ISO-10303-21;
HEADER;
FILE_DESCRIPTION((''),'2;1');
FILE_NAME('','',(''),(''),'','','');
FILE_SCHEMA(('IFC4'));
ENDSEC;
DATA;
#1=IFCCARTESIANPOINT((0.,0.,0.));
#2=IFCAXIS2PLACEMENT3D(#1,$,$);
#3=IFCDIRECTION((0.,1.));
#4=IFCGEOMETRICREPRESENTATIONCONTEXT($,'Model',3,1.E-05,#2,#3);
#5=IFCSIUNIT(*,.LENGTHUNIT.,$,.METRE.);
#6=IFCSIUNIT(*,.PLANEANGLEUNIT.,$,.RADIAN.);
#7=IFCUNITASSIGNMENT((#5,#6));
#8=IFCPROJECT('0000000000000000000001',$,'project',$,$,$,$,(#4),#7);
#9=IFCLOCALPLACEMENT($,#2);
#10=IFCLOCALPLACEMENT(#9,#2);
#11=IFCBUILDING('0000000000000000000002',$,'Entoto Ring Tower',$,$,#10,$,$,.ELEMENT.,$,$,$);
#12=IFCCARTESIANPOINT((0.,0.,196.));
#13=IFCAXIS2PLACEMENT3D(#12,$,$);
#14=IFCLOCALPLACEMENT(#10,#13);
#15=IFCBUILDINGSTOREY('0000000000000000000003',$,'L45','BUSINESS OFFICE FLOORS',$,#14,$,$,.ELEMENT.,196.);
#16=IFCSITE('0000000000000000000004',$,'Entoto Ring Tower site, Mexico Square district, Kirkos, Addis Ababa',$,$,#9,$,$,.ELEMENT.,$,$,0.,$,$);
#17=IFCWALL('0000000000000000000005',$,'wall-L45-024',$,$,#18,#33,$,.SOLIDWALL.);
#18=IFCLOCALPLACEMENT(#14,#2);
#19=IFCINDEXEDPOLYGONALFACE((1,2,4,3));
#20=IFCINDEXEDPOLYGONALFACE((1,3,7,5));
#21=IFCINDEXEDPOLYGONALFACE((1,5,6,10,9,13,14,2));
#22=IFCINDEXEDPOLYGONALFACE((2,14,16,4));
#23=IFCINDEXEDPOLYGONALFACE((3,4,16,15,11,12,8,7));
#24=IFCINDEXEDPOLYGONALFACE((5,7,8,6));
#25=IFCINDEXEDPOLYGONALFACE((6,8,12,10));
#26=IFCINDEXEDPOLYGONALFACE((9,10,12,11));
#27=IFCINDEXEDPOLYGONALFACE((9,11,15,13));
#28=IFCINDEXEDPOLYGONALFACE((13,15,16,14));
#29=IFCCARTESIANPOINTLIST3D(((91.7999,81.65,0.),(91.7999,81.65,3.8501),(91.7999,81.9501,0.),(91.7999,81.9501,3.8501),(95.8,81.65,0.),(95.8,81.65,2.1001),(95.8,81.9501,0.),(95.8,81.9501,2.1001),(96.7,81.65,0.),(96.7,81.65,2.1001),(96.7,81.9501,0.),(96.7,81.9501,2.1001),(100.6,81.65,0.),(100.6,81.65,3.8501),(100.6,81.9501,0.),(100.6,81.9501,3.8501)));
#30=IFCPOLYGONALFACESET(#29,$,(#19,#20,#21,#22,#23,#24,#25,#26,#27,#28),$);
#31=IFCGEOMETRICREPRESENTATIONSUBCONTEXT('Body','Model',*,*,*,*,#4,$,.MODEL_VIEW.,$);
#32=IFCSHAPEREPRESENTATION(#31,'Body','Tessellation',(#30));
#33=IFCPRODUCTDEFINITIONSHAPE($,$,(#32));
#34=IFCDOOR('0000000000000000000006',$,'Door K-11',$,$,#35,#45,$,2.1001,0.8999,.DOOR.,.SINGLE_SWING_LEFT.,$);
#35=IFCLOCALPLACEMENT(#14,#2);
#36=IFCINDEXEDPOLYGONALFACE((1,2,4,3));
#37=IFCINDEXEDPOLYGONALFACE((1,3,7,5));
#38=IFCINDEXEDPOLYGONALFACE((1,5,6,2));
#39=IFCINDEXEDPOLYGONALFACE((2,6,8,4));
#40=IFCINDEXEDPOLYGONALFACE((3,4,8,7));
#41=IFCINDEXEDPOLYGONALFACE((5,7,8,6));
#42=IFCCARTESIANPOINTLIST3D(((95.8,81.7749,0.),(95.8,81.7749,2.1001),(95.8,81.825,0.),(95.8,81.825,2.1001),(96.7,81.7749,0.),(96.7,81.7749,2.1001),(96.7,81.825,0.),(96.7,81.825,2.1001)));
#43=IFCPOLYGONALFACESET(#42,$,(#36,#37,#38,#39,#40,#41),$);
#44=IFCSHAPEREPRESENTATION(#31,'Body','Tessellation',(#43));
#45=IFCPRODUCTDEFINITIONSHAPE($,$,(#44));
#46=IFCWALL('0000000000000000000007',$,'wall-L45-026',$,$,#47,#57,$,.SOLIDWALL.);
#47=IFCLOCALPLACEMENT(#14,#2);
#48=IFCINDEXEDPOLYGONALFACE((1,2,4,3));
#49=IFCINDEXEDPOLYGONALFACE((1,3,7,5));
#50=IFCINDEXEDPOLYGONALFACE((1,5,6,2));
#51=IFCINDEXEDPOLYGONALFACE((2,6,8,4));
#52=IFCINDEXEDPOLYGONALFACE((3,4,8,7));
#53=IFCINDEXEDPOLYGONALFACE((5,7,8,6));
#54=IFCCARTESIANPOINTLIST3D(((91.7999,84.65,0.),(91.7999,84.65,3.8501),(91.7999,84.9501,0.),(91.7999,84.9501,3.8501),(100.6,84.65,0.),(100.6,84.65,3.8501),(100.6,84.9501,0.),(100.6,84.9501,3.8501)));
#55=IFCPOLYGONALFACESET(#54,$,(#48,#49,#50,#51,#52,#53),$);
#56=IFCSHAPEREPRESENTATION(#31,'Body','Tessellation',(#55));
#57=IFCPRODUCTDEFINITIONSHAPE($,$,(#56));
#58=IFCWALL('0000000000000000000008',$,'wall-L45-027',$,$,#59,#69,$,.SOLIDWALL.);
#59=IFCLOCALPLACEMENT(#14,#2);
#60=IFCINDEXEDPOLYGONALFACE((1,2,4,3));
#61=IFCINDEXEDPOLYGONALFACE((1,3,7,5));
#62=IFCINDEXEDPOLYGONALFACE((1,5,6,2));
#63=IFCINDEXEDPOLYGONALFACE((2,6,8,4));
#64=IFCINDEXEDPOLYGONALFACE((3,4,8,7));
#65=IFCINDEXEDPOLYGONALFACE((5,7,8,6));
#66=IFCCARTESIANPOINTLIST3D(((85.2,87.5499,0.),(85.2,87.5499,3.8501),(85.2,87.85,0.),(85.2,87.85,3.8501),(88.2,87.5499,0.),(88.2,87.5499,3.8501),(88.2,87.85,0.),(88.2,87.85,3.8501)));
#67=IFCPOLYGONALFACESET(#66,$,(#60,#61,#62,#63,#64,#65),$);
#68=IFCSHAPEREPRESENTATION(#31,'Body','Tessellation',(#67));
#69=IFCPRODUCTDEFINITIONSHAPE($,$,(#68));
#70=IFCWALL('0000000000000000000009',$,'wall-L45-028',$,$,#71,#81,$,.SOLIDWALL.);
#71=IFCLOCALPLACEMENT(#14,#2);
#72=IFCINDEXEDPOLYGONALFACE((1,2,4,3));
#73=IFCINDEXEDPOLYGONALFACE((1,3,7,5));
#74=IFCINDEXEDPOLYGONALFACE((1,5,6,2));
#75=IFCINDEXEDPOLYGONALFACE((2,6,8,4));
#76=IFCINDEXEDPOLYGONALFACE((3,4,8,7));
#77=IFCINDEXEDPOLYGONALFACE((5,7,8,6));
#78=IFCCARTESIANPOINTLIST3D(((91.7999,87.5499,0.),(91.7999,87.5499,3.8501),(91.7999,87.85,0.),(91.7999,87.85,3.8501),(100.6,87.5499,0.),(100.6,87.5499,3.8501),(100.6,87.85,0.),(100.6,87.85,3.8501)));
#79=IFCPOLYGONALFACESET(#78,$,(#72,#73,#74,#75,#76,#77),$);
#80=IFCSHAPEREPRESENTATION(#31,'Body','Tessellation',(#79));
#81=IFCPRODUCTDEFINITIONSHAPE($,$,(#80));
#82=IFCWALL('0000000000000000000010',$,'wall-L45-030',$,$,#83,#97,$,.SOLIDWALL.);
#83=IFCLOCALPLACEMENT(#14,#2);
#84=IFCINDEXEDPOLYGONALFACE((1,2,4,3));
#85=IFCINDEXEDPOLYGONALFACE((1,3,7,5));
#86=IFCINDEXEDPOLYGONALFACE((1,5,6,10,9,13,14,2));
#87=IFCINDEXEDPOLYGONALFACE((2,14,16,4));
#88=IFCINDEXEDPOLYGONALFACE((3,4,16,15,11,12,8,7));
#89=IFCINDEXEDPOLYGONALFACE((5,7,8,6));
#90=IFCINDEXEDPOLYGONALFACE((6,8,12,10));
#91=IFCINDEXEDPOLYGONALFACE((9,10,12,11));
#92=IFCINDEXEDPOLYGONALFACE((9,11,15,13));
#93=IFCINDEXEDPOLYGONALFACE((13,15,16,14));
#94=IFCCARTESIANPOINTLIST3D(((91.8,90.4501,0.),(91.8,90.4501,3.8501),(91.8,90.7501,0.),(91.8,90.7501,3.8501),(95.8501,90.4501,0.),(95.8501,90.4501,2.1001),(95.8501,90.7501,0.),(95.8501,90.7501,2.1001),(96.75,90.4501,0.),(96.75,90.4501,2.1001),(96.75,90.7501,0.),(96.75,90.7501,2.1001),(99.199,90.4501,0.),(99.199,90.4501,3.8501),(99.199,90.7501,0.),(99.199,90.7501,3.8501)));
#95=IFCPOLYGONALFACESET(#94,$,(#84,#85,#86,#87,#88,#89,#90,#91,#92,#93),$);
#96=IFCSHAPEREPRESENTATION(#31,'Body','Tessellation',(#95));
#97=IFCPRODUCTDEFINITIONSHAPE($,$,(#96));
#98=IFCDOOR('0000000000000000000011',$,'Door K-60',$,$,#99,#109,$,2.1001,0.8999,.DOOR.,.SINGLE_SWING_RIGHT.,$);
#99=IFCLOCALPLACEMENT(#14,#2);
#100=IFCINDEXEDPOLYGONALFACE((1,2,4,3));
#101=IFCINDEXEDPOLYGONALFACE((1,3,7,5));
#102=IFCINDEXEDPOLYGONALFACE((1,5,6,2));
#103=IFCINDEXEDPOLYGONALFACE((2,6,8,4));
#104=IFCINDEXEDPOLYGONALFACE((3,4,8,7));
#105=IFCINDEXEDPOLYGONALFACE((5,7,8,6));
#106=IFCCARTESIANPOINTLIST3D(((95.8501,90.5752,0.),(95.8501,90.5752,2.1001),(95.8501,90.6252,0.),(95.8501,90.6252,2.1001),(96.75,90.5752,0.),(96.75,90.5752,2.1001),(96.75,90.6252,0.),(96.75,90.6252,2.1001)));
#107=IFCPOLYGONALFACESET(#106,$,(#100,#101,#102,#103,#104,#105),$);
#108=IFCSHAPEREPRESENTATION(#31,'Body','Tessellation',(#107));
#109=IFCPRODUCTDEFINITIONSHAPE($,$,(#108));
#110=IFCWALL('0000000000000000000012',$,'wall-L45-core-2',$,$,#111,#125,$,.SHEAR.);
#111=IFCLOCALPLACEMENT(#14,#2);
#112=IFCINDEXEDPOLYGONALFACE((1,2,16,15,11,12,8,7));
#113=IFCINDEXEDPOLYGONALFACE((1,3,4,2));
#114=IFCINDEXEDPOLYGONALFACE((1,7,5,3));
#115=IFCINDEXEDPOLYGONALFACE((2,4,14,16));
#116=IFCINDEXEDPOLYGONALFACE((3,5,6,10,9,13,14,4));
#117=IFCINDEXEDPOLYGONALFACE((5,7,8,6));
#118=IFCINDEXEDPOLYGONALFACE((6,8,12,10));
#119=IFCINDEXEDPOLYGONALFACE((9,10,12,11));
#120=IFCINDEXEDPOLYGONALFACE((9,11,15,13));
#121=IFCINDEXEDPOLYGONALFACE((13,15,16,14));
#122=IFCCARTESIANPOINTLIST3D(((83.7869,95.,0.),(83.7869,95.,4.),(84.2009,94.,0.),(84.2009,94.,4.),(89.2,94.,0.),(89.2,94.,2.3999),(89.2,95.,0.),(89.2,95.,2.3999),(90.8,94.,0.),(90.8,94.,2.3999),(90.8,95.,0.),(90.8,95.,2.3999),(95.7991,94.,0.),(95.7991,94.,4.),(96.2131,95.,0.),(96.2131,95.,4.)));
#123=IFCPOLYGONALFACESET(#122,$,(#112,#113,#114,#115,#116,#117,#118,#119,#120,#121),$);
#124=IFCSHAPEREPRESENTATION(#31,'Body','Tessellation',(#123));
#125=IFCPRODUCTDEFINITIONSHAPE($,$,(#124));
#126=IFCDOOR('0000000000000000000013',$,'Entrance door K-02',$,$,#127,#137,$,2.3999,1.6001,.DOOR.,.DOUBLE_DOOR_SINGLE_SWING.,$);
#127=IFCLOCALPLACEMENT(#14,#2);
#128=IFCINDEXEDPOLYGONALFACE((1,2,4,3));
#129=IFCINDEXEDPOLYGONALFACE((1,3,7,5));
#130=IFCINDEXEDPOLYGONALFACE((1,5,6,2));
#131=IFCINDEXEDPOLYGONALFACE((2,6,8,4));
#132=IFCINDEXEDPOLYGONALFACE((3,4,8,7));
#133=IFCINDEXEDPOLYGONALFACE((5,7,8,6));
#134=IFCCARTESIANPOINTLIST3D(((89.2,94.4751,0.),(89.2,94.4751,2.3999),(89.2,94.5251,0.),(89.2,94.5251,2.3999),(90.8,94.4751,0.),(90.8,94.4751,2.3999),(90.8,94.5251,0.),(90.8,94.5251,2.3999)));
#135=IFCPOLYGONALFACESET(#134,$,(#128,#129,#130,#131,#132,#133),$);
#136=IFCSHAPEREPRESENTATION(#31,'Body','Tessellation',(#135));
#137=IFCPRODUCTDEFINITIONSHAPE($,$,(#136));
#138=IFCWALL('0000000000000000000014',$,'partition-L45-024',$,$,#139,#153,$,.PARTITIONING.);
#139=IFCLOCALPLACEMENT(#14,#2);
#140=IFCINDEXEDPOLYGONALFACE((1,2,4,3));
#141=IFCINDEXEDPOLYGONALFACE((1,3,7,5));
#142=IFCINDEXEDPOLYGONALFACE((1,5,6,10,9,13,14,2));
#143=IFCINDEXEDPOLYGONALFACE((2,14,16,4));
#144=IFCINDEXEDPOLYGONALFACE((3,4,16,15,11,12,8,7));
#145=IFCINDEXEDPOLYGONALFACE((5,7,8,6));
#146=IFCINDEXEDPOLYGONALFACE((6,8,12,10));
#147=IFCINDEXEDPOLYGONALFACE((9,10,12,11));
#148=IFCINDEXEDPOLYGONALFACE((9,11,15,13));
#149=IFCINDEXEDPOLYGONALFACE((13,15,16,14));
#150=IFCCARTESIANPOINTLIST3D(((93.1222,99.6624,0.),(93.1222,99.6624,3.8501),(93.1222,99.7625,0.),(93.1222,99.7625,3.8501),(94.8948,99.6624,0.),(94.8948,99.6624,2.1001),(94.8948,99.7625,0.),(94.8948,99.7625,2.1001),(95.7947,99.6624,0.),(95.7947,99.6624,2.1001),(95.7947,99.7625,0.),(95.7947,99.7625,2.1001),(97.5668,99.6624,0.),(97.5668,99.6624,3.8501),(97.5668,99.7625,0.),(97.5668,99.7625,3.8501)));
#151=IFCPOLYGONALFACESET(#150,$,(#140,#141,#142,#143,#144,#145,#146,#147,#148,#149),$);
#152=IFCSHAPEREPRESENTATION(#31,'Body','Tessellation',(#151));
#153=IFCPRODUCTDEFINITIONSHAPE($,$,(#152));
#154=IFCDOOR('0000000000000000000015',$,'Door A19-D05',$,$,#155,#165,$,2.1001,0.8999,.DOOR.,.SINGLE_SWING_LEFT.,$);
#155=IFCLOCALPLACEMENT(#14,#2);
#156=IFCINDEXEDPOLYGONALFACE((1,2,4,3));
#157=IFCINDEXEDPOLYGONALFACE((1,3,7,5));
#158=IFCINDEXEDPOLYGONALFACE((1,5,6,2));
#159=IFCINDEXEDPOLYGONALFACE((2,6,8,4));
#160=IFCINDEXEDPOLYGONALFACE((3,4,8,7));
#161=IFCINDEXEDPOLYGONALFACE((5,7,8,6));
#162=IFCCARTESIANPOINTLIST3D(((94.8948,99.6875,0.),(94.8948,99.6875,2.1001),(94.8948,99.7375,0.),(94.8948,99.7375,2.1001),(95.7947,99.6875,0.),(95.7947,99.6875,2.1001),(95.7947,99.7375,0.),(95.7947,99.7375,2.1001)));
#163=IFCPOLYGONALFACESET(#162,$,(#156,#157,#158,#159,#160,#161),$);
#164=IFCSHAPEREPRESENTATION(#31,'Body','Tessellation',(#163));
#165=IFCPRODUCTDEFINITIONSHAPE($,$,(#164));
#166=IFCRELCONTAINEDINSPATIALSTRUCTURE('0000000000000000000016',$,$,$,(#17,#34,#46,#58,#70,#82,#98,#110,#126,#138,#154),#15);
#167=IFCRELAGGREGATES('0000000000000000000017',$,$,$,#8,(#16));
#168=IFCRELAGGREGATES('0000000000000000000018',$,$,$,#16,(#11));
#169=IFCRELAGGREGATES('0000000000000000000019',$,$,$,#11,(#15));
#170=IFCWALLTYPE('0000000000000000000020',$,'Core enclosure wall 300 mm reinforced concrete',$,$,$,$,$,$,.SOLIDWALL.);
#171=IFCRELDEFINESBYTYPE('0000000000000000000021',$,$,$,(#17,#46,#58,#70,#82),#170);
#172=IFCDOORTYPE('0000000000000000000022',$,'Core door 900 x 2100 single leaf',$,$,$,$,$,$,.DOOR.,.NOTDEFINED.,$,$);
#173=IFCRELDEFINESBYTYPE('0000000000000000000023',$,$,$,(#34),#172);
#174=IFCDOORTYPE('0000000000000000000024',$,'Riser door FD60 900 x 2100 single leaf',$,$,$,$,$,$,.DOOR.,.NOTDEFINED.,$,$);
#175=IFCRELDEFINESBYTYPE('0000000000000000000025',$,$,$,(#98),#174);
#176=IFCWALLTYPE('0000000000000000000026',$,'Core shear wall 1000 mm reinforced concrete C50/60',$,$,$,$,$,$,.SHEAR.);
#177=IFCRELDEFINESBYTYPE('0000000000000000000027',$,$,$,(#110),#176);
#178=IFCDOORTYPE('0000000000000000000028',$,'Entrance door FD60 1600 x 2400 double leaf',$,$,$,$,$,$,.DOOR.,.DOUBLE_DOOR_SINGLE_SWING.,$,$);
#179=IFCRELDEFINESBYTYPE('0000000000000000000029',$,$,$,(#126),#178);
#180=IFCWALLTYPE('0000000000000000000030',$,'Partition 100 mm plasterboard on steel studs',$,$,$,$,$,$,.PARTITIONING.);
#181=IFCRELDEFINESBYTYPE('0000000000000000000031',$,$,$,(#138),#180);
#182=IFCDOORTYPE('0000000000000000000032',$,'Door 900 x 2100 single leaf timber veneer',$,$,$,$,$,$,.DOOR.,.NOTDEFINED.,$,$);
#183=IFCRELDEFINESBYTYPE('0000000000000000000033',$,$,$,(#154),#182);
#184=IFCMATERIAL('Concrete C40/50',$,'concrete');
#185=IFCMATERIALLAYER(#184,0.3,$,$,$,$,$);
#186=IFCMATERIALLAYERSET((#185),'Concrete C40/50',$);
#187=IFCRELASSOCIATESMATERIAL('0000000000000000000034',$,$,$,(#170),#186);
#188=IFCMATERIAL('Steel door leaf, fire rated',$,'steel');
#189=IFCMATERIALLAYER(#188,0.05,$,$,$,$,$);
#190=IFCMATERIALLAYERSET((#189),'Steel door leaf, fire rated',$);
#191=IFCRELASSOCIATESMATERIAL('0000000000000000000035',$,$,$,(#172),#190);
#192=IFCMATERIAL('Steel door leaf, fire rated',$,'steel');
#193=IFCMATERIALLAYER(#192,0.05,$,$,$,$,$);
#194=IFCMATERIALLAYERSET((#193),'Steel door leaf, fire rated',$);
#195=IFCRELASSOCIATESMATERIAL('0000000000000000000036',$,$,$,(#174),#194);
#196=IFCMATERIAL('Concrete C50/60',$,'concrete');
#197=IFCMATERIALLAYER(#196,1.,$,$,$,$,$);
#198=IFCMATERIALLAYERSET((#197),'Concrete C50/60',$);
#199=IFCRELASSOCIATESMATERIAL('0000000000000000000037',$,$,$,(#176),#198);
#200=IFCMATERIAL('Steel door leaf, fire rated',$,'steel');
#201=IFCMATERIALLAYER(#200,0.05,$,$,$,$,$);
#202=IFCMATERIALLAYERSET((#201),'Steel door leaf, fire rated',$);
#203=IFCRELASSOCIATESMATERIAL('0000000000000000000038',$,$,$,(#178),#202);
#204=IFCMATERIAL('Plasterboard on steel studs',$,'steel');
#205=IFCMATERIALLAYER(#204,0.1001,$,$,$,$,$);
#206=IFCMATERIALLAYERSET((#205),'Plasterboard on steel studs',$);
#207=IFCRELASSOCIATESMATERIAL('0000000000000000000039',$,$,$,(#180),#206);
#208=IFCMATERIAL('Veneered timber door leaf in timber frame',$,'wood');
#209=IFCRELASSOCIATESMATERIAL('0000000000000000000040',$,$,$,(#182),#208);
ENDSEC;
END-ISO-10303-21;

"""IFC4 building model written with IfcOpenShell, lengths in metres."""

from ifc_helpers import new_model, si_unit, direction, frame, frame_2d, origin, place, context, subcontext, project, spatial, polyline, rectangle, outline, extrude, material, layer, layer_set, type_object, element, fill, save


model = new_model("IFC4")

# Units and contexts
model_context = context("Model", 3, precision=1e-05, world=origin(), true_north=direction((0.0, 1.0)))
body_context = subcontext(model_context, "Body", "Model", "MODEL_VIEW")
ifc_project = project(units=[si_unit("LENGTHUNIT", "METRE"), si_unit("PLANEANGLEUNIT", "RADIAN")], contexts=[model_context])

# Site, building, storey
site_placement = place(None, origin())
site = spatial("IfcSite", under=ifc_project, at=site_placement, Name="Entoto Ring Tower site, Mexico Square district, Kirkos, Addis Ababa", CompositionType="ELEMENT", RefElevation=0.0)
building_placement = place(site_placement, origin())
building = spatial("IfcBuilding", under=site, at=building_placement, Name="Entoto Ring Tower", CompositionType="ELEMENT")
storey_placement = place(building_placement, frame((0.0, 0.0, 196.0)))
storey = spatial("IfcBuildingStorey", under=building, at=storey_placement, Name="L45", Description="BUSINESS OFFICE FLOORS", CompositionType="ELEMENT", Elevation=196.0)

# Shared definitions
ifc_material_1 = material(Name="Concrete C40/50", Category="concrete")
ifc_layer_1 = layer(ifc_material_1, 0.3)
ifc_layer_set_1 = layer_set([ifc_layer_1], Name="Concrete C40/50")
wall_type_1 = type_object("IfcWallType", Name="Core enclosure wall 300 mm reinforced concrete", PredefinedType="SOLIDWALL", material=ifc_layer_set_1)

# Wall, opening, door
wall_1_placement = place(storey_placement, frame((91.8, 81.8, 0.0), z_axis=(0.0, 0.0, 1.0), x_axis=(1.0, 0.0, 0.0)))
wall_1 = element("IfcWall", 1, at=wall_1_placement, inside=storey, type_object=wall_type_1, Name="wall-L45-024", PredefinedType="SOLIDWALL", context=body_context, shape_type="SweptSolid", body=[
    extrude(rectangle(XDim=8.8, YDim=0.3, at=frame_2d((4.3999, 0.0))), origin(), (0.0, 0.0, 1.0), 3.8501),
])
opening_1_placement = place(wall_1_placement, frame((4.0, 0.0, 0.0)))
opening_1 = element("IfcOpeningElement", 2, at=opening_1_placement, cuts=wall_1, PredefinedType="OPENING", context=body_context, shape_type="SweptSolid", body=[
    extrude(rectangle(XDim=0.8999, YDim=2.1001, at=frame_2d((0.45, 1.05))), frame((0.0, 0.1602, 0.0), z_axis=(0.0, -1.0, 0.0), x_axis=(1.0, 0.0, 0.0)), (0.0, 0.0, 1.0), 0.3201),
])
ifc_material_2 = material(Name="Steel door leaf, fire rated", Category="steel")
ifc_layer_2 = layer(ifc_material_2, 0.05)
ifc_layer_set_2 = layer_set([ifc_layer_2], Name="Steel door leaf, fire rated")
door_type_1 = type_object("IfcDoorType", Name="Core door 900 x 2100 single leaf", OperationType="NOTDEFINED", PredefinedType="DOOR", material=ifc_layer_set_2)
door_1_placement = place(opening_1_placement, origin())
door_1 = element("IfcDoor", 3, at=door_1_placement, inside=storey, type_object=door_type_1, Name="Door K-11", OperationType="SINGLE_SWING_LEFT", OverallHeight=2.1001, OverallWidth=0.8999, PredefinedType="DOOR", context=body_context, shape_type="SweptSolid", body=[
    extrude(rectangle(XDim=0.8999, YDim=2.1001, at=frame_2d((0.45, 1.05))), frame((0.0, 0.0249, 0.0), z_axis=(0.0, -1.0, 0.0), x_axis=(1.0, 0.0, 0.0)), (0.0, 0.0, 1.0), 0.05),
])
fill(opening_1, door_1)

# Walls
wall_2_placement = place(storey_placement, frame((91.8, 84.8, 0.0), z_axis=(0.0, 0.0, 1.0), x_axis=(1.0, 0.0, 0.0)))
element("IfcWall", 4, at=wall_2_placement, inside=storey, type_object=wall_type_1, Name="wall-L45-026", PredefinedType="SOLIDWALL", context=body_context, shape_type="SweptSolid", body=[
    extrude(rectangle(XDim=8.8, YDim=0.3, at=frame_2d((4.3999, 0.0))), origin(), (0.0, 0.0, 1.0), 3.8501),
])
wall_3_placement = place(storey_placement, frame((85.2, 87.7, 0.0), z_axis=(0.0, 0.0, 1.0), x_axis=(1.0, 0.0, 0.0)))
element("IfcWall", 5, at=wall_3_placement, inside=storey, type_object=wall_type_1, Name="wall-L45-027", PredefinedType="SOLIDWALL", context=body_context, shape_type="SweptSolid", body=[
    extrude(rectangle(XDim=3.0, YDim=0.3, at=frame_2d((1.5, 0.0))), origin(), (0.0, 0.0, 1.0), 3.8501),
])
wall_4_placement = place(storey_placement, frame((91.8, 87.7, 0.0), z_axis=(0.0, 0.0, 1.0), x_axis=(1.0, 0.0, 0.0)))
element("IfcWall", 6, at=wall_4_placement, inside=storey, type_object=wall_type_1, Name="wall-L45-028", PredefinedType="SOLIDWALL", context=body_context, shape_type="SweptSolid", body=[
    extrude(rectangle(XDim=8.8, YDim=0.3, at=frame_2d((4.3999, 0.0))), origin(), (0.0, 0.0, 1.0), 3.8501),
])

# Walls, openings, doors
wall_5_placement = place(storey_placement, frame((91.8, 90.6001, 0.0), z_axis=(0.0, 0.0, 1.0), x_axis=(1.0, 0.0, 0.0)))
wall_5 = element("IfcWall", 7, at=wall_5_placement, inside=storey, type_object=wall_type_1, Name="wall-L45-030", PredefinedType="SOLIDWALL", context=body_context, shape_type="SweptSolid", body=[
    extrude(rectangle(XDim=7.3989, YDim=0.3, at=frame_2d((3.6995, 0.0))), origin(), (0.0, 0.0, 1.0), 3.8501),
])
opening_2_placement = place(wall_5_placement, frame((4.05, 0.0, 0.0)))
opening_2 = element("IfcOpeningElement", 8, at=opening_2_placement, cuts=wall_5, PredefinedType="OPENING", context=body_context, shape_type="SweptSolid", body=[
    extrude(rectangle(XDim=0.8999, YDim=2.1001, at=frame_2d((0.45, 1.05))), frame((0.0, 0.1602, 0.0), z_axis=(0.0, -1.0, 0.0), x_axis=(1.0, 0.0, 0.0)), (0.0, 0.0, 1.0), 0.3201),
])
ifc_material_3 = material(Name="Steel door leaf, fire rated", Category="steel")
ifc_layer_3 = layer(ifc_material_3, 0.05)
ifc_layer_set_3 = layer_set([ifc_layer_3], Name="Steel door leaf, fire rated")
door_type_2 = type_object("IfcDoorType", Name="Riser door FD60 900 x 2100 single leaf", OperationType="NOTDEFINED", PredefinedType="DOOR", material=ifc_layer_set_3)
door_2_placement = place(opening_2_placement, frame((0.8999, 0.0, 0.0), z_axis=(0.0, 0.0, 1.0), x_axis=(-1.0, 0.0, 0.0)))
door_2 = element("IfcDoor", 9, at=door_2_placement, inside=storey, type_object=door_type_2, Name="Door K-60", OperationType="SINGLE_SWING_RIGHT", OverallHeight=2.1001, OverallWidth=0.8999, PredefinedType="DOOR", context=body_context, shape_type="SweptSolid", body=[
    extrude(rectangle(XDim=0.8999, YDim=2.1001, at=frame_2d((0.45, 1.05))), frame((0.0, 0.0249, 0.0), z_axis=(0.0, -1.0, 0.0), x_axis=(1.0, 0.0, 0.0)), (0.0, 0.0, 1.0), 0.05),
])
fill(opening_2, door_2)
ifc_material_4 = material(Name="Concrete C50/60", Category="concrete")
ifc_layer_4 = layer(ifc_material_4, 1.0)
ifc_layer_set_4 = layer_set([ifc_layer_4], Name="Concrete C50/60")
wall_type_2 = type_object("IfcWallType", Name="Core shear wall 1000 mm reinforced concrete C50/60", PredefinedType="SHEAR", material=ifc_layer_set_4)
wall_6_placement = place(storey_placement, frame((96.0061, 94.5, 0.0), z_axis=(0.0, 0.0, 1.0), x_axis=(-1.0, 0.0, 0.0)))
wall_6 = element("IfcWall", 10, at=wall_6_placement, inside=storey, type_object=wall_type_2, Name="wall-L45-core-2", PredefinedType="SHEAR", context=body_context, shape_type="SweptSolid", body=[
    extrude(outline(polyline([(-0.207, -0.5), (12.2192, -0.5), (11.8052, 0.5), (0.207, 0.5), (-0.207, -0.5)])), origin(), (0.0, 0.0, 1.0), 4.0),
])
opening_3_placement = place(wall_6_placement, frame((5.2061, 0.0, 0.0)))
opening_3 = element("IfcOpeningElement", 11, at=opening_3_placement, cuts=wall_6, PredefinedType="OPENING", context=body_context, shape_type="SweptSolid", body=[
    extrude(rectangle(XDim=1.6001, YDim=2.3999, at=frame_2d((0.8, 1.2))), frame((0.0, 0.51, 0.0), z_axis=(0.0, -1.0, 0.0), x_axis=(1.0, 0.0, 0.0)), (0.0, 0.0, 1.0), 1.02),
])
ifc_material_5 = material(Name="Steel door leaf, fire rated", Category="steel")
ifc_layer_5 = layer(ifc_material_5, 0.05)
ifc_layer_set_5 = layer_set([ifc_layer_5], Name="Steel door leaf, fire rated")
door_type_3 = type_object("IfcDoorType", Name="Entrance door FD60 1600 x 2400 double leaf", OperationType="DOUBLE_DOOR_SINGLE_SWING", PredefinedType="DOOR", material=ifc_layer_set_5)
door_3_placement = place(opening_3_placement, origin())
door_3 = element("IfcDoor", 12, at=door_3_placement, inside=storey, type_object=door_type_3, Name="Entrance door K-02", OperationType="DOUBLE_DOOR_SINGLE_SWING", OverallHeight=2.3999, OverallWidth=1.6001, PredefinedType="DOOR", context=body_context, shape_type="SweptSolid", body=[
    extrude(rectangle(XDim=1.6001, YDim=2.3999, at=frame_2d((0.8, 1.2))), frame((0.0, 0.0249, 0.0), z_axis=(0.0, -1.0, 0.0), x_axis=(1.0, 0.0, 0.0)), (0.0, 0.0, 1.0), 0.05),
])
fill(opening_3, door_3)
ifc_material_6 = material(Name="Plasterboard on steel studs", Category="steel")
ifc_layer_6 = layer(ifc_material_6, 0.1001)
ifc_layer_set_6 = layer_set([ifc_layer_6], Name="Plasterboard on steel studs")
wall_type_3 = type_object("IfcWallType", Name="Partition 100 mm plasterboard on steel studs", PredefinedType="PARTITIONING", material=ifc_layer_set_6)
wall_7_placement = place(storey_placement, frame((93.1223, 99.7124, 0.0), z_axis=(0.0, 0.0, 1.0), x_axis=(1.0, 0.0, 0.0)))
wall_7 = element("IfcWall", 13, at=wall_7_placement, inside=storey, type_object=wall_type_3, Name="partition-L45-024", PredefinedType="PARTITIONING", context=body_context, shape_type="SweptSolid", body=[
    extrude(rectangle(XDim=4.4446, YDim=0.1001, at=frame_2d((2.2222, 0.0))), origin(), (0.0, 0.0, 1.0), 3.8501),
])
opening_4_placement = place(wall_7_placement, frame((1.7725, 0.0, 0.0)))
opening_4 = element("IfcOpeningElement", 14, at=opening_4_placement, cuts=wall_7, PredefinedType="OPENING", context=body_context, shape_type="SweptSolid", body=[
    extrude(rectangle(XDim=0.8999, YDim=2.1001, at=frame_2d((0.45, 1.05))), frame((0.0, 0.0601, 0.0), z_axis=(0.0, -1.0, 0.0), x_axis=(1.0, 0.0, 0.0)), (0.0, 0.0, 1.0), 0.1201),
])
ifc_material_7 = material(Name="Veneered timber door leaf in timber frame", Category="wood")
door_type_4 = type_object("IfcDoorType", Name="Door 900 x 2100 single leaf timber veneer", OperationType="NOTDEFINED", PredefinedType="DOOR", material=ifc_material_7)
door_4_placement = place(opening_4_placement, frame((0.8999, 0.0, 0.0), z_axis=(0.0, 0.0, 1.0), x_axis=(-1.0, 0.0, 0.0)))
door_4 = element("IfcDoor", 15, at=door_4_placement, inside=storey, type_object=door_type_4, Name="Door A19-D05", OperationType="SINGLE_SWING_LEFT", OverallHeight=2.1001, OverallWidth=0.8999, PredefinedType="DOOR", context=body_context, shape_type="SweptSolid", body=[
    extrude(rectangle(XDim=0.8999, YDim=2.1001, at=frame_2d((0.45, 1.05))), frame((0.0, 0.0249, 0.0), z_axis=(0.0, -1.0, 0.0), x_axis=(1.0, 0.0, 0.0)), (0.0, 0.0, 1.0), 0.05),
])
fill(opening_4, door_4)

save(model, "model.ifc")
